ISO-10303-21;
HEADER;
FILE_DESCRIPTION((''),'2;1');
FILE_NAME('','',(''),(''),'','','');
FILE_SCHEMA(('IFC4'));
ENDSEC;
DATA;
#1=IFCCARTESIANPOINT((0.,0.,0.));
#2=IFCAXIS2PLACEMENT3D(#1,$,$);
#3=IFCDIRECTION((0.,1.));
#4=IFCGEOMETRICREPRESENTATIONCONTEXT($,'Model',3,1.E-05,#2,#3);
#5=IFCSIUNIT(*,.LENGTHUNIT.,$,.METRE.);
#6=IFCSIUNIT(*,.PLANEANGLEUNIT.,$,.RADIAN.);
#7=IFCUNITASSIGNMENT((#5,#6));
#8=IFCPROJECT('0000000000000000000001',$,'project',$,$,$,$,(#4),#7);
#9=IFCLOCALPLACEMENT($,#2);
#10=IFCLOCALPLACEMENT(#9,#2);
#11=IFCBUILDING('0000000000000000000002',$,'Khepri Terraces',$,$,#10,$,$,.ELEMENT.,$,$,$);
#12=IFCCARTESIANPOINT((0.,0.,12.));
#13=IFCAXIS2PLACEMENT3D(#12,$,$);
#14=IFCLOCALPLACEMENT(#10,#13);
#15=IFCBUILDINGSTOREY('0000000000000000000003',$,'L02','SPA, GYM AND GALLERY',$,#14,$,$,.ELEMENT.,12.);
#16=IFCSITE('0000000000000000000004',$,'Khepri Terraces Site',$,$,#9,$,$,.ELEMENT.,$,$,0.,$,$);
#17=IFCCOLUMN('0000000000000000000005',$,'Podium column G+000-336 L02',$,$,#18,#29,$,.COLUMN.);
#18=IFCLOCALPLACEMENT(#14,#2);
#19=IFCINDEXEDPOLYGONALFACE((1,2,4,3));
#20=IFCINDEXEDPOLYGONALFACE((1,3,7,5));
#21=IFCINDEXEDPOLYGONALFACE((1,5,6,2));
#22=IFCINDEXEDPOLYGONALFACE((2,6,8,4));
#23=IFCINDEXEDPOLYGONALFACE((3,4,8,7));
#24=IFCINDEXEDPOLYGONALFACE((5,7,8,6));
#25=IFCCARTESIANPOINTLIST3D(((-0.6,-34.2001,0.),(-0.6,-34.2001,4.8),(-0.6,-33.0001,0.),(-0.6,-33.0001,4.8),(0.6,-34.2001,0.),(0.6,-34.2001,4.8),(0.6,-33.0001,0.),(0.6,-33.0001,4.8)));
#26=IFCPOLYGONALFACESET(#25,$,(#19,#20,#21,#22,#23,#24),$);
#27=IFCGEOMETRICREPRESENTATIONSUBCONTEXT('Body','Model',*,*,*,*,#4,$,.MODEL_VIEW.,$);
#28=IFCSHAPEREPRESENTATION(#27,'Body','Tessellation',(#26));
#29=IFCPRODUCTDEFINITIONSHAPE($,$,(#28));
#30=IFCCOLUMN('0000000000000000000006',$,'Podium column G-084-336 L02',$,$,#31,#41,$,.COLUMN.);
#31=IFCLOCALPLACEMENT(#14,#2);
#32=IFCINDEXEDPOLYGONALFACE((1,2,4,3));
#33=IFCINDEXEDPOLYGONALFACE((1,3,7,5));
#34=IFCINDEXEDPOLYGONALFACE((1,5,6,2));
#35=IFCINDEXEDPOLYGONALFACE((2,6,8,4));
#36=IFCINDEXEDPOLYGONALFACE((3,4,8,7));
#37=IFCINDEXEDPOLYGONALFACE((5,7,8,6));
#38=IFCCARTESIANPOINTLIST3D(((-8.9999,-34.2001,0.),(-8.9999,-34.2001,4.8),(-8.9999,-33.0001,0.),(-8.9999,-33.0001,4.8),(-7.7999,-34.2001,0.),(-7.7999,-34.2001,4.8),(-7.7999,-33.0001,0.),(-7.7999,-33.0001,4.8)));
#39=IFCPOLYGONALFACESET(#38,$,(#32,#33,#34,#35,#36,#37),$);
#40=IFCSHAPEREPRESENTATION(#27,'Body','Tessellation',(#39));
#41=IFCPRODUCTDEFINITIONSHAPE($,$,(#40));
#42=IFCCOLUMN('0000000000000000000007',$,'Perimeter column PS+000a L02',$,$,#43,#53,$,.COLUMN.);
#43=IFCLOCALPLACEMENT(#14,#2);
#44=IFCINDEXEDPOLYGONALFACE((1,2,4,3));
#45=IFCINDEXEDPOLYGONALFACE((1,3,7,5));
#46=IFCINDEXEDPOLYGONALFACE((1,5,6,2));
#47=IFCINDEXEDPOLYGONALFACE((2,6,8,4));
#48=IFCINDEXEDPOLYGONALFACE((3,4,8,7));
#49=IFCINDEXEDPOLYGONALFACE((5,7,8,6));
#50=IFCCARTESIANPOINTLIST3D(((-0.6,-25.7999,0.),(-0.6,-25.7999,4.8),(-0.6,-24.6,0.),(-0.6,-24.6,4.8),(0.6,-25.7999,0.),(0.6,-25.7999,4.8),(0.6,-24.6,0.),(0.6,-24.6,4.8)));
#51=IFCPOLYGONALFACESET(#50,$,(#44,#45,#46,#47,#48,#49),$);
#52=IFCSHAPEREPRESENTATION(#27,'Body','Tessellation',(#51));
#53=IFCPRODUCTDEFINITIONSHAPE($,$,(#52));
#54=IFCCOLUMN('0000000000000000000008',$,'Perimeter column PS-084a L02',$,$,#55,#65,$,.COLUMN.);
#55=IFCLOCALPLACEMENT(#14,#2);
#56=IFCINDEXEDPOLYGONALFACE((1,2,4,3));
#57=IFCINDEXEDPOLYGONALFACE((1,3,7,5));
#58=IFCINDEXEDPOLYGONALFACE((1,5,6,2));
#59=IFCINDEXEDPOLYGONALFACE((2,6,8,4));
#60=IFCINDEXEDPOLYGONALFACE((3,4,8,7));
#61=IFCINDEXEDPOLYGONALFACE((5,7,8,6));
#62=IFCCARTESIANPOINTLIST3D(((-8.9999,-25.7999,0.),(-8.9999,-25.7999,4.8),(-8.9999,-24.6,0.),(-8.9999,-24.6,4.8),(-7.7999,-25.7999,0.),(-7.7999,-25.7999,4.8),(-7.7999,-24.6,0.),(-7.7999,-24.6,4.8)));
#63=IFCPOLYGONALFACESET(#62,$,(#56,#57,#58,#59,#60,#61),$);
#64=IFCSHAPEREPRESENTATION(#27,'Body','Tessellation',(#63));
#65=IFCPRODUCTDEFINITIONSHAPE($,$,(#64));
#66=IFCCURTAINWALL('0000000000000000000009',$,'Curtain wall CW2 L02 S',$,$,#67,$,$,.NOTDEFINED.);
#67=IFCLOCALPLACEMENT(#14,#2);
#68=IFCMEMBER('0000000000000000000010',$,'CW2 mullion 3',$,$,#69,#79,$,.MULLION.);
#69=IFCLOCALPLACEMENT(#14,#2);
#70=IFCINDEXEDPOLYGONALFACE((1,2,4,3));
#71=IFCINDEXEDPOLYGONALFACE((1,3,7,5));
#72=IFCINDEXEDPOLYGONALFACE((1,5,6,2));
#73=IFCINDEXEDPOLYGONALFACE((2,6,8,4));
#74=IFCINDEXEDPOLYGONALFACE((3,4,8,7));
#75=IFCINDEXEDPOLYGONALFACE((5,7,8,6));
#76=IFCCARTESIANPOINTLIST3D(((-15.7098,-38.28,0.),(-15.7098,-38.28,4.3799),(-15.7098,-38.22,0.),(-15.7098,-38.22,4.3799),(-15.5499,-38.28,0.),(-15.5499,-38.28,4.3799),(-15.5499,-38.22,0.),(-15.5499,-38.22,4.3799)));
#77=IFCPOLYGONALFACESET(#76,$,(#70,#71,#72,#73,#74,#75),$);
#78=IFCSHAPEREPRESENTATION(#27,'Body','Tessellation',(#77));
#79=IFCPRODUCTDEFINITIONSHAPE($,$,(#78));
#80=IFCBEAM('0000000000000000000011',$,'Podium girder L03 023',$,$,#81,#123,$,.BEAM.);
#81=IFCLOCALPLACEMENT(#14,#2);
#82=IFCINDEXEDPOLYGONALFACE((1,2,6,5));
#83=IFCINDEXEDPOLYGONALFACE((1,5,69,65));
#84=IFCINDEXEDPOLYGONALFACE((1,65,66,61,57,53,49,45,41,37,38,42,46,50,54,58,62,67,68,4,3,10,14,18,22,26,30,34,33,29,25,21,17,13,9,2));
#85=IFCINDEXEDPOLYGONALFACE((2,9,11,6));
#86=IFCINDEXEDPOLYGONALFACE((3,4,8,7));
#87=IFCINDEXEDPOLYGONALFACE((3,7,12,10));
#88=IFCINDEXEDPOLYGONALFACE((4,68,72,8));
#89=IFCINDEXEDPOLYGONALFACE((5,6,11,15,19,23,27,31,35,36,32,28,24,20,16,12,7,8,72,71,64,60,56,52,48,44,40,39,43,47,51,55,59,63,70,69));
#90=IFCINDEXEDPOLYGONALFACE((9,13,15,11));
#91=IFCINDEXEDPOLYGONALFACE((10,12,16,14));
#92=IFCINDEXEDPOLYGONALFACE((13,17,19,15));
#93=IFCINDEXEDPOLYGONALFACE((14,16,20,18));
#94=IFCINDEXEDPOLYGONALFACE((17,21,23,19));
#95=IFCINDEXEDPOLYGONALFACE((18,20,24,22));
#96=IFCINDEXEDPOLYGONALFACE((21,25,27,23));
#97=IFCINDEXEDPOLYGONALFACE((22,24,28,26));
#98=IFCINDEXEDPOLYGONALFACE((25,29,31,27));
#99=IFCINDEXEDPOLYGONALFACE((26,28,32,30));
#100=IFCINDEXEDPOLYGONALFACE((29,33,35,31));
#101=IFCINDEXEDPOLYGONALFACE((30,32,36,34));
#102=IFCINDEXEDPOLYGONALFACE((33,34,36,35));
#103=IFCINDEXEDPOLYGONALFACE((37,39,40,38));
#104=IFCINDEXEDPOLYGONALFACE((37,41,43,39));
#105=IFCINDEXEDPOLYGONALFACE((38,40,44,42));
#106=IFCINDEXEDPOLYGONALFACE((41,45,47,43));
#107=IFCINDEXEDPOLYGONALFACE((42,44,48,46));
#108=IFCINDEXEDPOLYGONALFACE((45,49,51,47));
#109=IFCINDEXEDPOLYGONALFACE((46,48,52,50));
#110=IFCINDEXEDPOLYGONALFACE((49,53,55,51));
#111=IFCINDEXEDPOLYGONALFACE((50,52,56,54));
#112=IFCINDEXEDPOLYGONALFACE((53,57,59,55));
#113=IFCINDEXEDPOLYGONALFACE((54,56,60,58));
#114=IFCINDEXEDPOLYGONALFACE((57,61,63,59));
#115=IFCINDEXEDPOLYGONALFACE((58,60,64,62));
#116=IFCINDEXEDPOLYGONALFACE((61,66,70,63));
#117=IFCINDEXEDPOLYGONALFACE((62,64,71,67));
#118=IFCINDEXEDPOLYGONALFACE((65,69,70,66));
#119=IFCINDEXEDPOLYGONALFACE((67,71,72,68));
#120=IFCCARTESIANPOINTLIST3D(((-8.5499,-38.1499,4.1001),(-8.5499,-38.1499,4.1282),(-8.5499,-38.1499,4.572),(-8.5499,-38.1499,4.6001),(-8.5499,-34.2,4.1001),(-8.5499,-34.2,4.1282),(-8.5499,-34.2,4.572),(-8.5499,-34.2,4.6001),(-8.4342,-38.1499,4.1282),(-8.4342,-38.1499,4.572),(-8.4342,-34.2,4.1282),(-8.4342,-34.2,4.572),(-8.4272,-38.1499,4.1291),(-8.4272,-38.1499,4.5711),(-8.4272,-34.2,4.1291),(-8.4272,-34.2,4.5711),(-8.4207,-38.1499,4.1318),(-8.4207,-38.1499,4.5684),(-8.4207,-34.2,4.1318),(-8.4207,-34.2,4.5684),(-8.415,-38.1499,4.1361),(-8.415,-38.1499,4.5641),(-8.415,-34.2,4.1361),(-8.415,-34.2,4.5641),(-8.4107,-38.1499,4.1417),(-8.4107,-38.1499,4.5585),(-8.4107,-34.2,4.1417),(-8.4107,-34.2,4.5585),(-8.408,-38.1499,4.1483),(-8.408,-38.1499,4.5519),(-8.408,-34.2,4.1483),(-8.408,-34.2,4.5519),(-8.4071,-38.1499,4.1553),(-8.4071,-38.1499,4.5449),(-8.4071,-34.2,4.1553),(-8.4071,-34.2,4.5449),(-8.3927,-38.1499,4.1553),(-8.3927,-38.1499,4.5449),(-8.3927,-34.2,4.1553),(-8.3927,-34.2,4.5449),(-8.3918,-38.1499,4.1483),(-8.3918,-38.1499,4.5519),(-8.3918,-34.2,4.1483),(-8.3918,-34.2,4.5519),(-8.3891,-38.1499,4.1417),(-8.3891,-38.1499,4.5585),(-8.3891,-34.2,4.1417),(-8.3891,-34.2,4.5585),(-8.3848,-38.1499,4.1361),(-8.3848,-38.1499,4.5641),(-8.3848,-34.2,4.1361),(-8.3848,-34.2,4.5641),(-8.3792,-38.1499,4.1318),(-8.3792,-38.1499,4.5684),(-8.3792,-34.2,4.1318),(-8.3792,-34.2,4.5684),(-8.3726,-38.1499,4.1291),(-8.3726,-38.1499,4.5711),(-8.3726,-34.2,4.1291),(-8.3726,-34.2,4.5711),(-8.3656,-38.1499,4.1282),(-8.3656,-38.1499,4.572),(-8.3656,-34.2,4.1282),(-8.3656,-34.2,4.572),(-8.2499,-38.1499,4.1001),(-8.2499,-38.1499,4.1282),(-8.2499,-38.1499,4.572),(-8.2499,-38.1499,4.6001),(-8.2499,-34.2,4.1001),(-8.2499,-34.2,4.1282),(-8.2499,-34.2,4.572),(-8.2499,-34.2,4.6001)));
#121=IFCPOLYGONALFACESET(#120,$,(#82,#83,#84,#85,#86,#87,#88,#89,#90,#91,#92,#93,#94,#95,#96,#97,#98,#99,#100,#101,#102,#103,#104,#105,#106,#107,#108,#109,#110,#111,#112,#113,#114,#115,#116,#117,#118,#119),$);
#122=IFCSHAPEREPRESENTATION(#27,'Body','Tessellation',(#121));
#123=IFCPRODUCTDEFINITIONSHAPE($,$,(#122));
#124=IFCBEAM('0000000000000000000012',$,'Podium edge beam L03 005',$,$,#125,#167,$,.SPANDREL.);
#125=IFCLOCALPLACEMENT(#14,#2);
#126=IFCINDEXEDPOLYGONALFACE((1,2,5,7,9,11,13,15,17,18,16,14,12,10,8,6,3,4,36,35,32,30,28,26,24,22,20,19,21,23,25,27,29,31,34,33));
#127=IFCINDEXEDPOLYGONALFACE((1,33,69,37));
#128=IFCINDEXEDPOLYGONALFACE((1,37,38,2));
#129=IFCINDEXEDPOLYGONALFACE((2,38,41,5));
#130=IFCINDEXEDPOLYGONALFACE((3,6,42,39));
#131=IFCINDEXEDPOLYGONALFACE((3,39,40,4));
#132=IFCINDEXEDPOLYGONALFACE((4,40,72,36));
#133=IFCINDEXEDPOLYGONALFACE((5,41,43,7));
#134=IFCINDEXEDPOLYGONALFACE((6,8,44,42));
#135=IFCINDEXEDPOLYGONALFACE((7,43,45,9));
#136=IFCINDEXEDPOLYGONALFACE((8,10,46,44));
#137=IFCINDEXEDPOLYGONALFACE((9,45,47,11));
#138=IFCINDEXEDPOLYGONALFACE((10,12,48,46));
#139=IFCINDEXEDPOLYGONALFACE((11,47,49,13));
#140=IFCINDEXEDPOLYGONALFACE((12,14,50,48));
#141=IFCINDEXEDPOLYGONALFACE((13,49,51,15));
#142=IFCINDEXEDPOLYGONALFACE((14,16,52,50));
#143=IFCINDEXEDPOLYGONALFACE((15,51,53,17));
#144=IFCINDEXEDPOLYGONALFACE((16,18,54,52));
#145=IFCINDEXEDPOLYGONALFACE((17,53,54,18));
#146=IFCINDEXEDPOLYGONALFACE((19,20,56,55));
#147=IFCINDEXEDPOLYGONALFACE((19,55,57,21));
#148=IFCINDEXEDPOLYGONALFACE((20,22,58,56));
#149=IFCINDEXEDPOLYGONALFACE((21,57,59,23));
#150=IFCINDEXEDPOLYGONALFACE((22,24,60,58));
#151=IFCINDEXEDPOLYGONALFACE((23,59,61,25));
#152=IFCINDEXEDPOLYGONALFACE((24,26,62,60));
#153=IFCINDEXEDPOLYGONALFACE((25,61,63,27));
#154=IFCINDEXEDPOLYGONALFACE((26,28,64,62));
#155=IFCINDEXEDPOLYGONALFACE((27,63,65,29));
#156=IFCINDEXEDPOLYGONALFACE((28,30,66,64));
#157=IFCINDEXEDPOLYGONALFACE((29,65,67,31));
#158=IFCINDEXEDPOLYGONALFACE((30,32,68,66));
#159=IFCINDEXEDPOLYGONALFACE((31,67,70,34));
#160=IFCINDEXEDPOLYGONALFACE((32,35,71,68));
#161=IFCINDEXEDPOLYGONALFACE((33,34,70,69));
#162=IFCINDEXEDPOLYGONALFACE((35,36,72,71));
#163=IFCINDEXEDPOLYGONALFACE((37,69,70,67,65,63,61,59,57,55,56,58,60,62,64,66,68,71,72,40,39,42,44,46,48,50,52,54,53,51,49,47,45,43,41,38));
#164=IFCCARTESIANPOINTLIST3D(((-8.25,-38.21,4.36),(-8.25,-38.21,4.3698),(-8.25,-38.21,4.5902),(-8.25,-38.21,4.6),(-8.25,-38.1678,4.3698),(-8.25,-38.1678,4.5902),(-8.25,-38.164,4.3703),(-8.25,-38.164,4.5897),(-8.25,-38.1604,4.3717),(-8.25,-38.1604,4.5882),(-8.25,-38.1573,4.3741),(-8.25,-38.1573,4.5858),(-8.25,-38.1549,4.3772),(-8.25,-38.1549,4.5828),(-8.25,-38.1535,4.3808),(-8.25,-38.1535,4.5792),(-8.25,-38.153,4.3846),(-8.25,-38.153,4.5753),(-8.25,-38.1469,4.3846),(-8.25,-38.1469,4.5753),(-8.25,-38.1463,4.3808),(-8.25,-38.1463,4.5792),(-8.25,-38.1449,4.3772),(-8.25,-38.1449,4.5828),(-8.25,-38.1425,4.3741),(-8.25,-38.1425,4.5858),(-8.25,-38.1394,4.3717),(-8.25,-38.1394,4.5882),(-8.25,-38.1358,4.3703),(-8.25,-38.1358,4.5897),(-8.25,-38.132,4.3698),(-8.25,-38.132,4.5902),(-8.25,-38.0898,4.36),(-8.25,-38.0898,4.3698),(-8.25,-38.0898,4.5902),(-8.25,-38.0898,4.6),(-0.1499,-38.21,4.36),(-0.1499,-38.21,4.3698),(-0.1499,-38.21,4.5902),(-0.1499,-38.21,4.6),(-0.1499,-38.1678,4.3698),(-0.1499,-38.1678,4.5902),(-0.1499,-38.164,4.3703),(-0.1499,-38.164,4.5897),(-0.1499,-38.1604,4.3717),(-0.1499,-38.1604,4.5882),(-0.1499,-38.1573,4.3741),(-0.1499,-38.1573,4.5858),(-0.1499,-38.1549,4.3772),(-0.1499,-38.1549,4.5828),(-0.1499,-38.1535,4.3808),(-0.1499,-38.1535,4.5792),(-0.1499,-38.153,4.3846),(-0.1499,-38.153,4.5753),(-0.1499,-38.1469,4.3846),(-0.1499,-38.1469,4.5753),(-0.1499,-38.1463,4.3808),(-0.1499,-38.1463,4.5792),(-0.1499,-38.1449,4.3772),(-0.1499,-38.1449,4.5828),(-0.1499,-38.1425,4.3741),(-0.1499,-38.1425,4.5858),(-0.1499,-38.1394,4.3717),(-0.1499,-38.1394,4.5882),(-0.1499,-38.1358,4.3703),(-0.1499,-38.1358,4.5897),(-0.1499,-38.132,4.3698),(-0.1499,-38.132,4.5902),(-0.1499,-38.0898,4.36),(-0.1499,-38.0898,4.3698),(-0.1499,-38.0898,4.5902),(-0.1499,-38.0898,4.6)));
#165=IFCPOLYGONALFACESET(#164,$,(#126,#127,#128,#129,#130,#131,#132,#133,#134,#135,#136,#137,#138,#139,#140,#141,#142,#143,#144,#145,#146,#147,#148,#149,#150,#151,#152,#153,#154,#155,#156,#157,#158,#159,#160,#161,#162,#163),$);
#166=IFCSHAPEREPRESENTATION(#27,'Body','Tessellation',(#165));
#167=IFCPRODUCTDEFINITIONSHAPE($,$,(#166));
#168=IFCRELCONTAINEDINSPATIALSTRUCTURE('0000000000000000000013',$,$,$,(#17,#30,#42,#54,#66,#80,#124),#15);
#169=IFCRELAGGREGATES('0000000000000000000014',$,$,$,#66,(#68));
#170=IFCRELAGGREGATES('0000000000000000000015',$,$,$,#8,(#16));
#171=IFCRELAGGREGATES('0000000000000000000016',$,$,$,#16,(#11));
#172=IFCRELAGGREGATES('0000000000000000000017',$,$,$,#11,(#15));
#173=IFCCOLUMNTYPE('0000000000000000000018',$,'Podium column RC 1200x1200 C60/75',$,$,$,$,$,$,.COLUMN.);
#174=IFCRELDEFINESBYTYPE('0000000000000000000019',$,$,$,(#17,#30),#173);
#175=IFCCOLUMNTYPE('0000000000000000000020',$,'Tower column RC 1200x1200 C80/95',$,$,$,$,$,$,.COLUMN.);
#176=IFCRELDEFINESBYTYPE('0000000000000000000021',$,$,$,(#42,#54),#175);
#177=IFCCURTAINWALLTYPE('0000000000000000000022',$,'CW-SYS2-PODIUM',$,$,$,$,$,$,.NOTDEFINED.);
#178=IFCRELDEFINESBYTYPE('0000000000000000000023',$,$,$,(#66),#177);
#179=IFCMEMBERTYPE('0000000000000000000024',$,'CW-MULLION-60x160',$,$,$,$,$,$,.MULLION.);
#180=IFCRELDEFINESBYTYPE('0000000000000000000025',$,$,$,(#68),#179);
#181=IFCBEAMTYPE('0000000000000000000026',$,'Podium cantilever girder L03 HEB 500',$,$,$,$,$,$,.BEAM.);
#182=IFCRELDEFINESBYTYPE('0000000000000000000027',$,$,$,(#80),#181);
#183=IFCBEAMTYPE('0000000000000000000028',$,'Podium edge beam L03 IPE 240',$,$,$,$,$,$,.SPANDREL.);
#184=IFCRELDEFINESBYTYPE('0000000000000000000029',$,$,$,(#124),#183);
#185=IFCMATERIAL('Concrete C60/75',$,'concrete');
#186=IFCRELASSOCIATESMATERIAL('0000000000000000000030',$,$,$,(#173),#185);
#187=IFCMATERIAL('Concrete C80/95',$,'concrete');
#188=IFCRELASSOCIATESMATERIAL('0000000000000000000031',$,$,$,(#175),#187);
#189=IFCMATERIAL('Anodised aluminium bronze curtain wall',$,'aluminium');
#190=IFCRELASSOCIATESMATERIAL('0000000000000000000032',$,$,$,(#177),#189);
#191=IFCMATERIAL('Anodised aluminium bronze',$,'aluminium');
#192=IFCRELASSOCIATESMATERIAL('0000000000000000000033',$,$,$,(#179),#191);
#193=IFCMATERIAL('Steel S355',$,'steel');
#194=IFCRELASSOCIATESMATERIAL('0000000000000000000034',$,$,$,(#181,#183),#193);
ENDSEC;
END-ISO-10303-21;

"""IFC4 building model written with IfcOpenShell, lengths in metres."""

from ifc_helpers import new_model, si_unit, direction, frame, origin, origin_2d, place, context, subcontext, project, spatial, rectangle, i_section, extrude, material, material_profile, profile_set, type_object, element, aggregate, save


model = new_model("IFC4")

# Units and contexts
model_context = context("Model", 3, precision=1e-05, world=origin(), true_north=direction((0.0, 1.0)))
body_context = subcontext(model_context, "Body", "Model", "MODEL_VIEW")
ifc_project = project(units=[si_unit("LENGTHUNIT", "METRE"), si_unit("PLANEANGLEUNIT", "RADIAN")], contexts=[model_context])

# Site, building, storey
site_placement = place(None, origin())
site = spatial("IfcSite", under=ifc_project, at=site_placement, Name="Khepri Terraces Site", CompositionType="ELEMENT", RefElevation=0.0)
building_placement = place(site_placement, origin())
building = spatial("IfcBuilding", under=site, at=building_placement, Name="Khepri Terraces", CompositionType="ELEMENT")
storey_placement = place(building_placement, frame((0.0, 0.0, 12.0)))
storey = spatial("IfcBuildingStorey", under=building, at=storey_placement, Name="L02", Description="SPA, GYM AND GALLERY", CompositionType="ELEMENT", Elevation=12.0)

# Columns
ifc_material_1 = material(Name="Concrete C60/75", Category="concrete")
ifc_material_profile_1 = material_profile(ifc_material_1, rectangle(XDim=1.2, YDim=1.2, at=origin_2d()), Name="Concrete C60/75", Category="concrete")
ifc_profile_set_1 = profile_set([ifc_material_profile_1], Name="Concrete C60/75")
column_type_1 = type_object("IfcColumnType", Name="Podium column RC 1200x1200 C60/75", PredefinedType="COLUMN", material=ifc_profile_set_1)
for number, where, z_axis, x_axis, name in (
    (1, (0.0, -33.6001, 0.0), (0.0, 0.0, 1.0), (1.0, 0.0, 0.0), "Podium column G+000-336 L02"),
    (2, (-8.3999, -33.6001, 0.0), (0.0, 0.0, 1.0), (1.0, 0.0, 0.0), "Podium column G-084-336 L02"),
):
    element("IfcColumn", number, at=place(storey_placement, frame(where, z_axis=z_axis, x_axis=x_axis)), inside=storey, type_object=column_type_1, Name=name, PredefinedType="COLUMN", context=body_context, shape_type="SweptSolid", body=[
        extrude(rectangle(XDim=1.2, YDim=1.2, at=origin_2d()), origin(), (0.0, 0.0, 1.0), 4.8),
    ])
ifc_material_2 = material(Name="Concrete C80/95", Category="concrete")
ifc_material_profile_2 = material_profile(ifc_material_2, rectangle(XDim=1.2, YDim=1.2, at=origin_2d()), Name="Concrete C80/95", Category="concrete")
ifc_profile_set_2 = profile_set([ifc_material_profile_2], Name="Concrete C80/95")
column_type_2 = type_object("IfcColumnType", Name="Tower column RC 1200x1200 C80/95", PredefinedType="COLUMN", material=ifc_profile_set_2)
for number, where, z_axis, x_axis, name in (
    (3, (0.0, -25.2, 0.0), (0.0, 0.0, 1.0), (1.0, 0.0, 0.0), "Perimeter column PS+000a L02"),
    (4, (-8.3999, -25.2, 0.0), (0.0, 0.0, 1.0), (1.0, 0.0, 0.0), "Perimeter column PS-084a L02"),
):
    element("IfcColumn", number, at=place(storey_placement, frame(where, z_axis=z_axis, x_axis=x_axis)), inside=storey, type_object=column_type_2, Name=name, PredefinedType="COLUMN", context=body_context, shape_type="SweptSolid", body=[
        extrude(rectangle(XDim=1.2, YDim=1.2, at=origin_2d()), origin(), (0.0, 0.0, 1.0), 4.8),
    ])

# Curtain wall, member
ifc_material_3 = material(Name="Anodised aluminium bronze curtain wall", Category="aluminium")
curtain_wall_type = type_object("IfcCurtainWallType", Name="CW-SYS2-PODIUM", PredefinedType="NOTDEFINED", material=ifc_material_3)
curtain_wall_placement = place(storey_placement, origin())
curtain_wall = element("IfcCurtainWall", 5, at=curtain_wall_placement, inside=storey, type_object=curtain_wall_type, Name="Curtain wall CW2 L02 S", PredefinedType="NOTDEFINED")
ifc_material_4 = material(Name="Anodised aluminium bronze", Category="aluminium")
ifc_material_profile_3 = material_profile(ifc_material_4, rectangle(XDim=0.0601, YDim=0.1599, at=origin_2d()), Name="Anodised aluminium bronze", Category="aluminium")
ifc_profile_set_3 = profile_set([ifc_material_profile_3], Name="Anodised aluminium bronze")
member_type = type_object("IfcMemberType", Name="CW-MULLION-60x160", PredefinedType="MULLION", material=ifc_profile_set_3)
member_placement = place(storey_placement, frame((-15.6299, -38.25, 0.0), z_axis=(0.0, 0.0, 1.0), x_axis=(0.0, 1.0, 0.0)))
member = element("IfcMember", 6, at=member_placement, type_object=member_type, Name="CW2 mullion 3", PredefinedType="MULLION", context=body_context, shape_type="SweptSolid", body=[
    extrude(rectangle(XDim=0.0601, YDim=0.1599, at=origin_2d()), origin(), (0.0, 0.0, 1.0), 4.3799),
])
aggregate(curtain_wall, [member])

# Beams
ifc_material_5 = material(Name="Steel S355", Category="steel")
ifc_material_profile_4 = material_profile(ifc_material_5, i_section(OverallWidth=0.3, OverallDepth=0.5, WebThickness=0.0144, FlangeThickness=0.0281, FilletRadius=0.0271, at=origin_2d()), Name="Steel S355", Category="steel")
ifc_profile_set_4 = profile_set([ifc_material_profile_4], Name="Steel S355")
beam_type_1 = type_object("IfcBeamType", Name="Podium cantilever girder L03 HEB 500", PredefinedType="BEAM", material=ifc_profile_set_4)
beam_1_placement = place(storey_placement, frame((-8.3999, -38.1499, 4.3501), z_axis=(0.0, 1.0, 0.0), x_axis=(-1.0, 0.0, 0.0)))
element("IfcBeam", 7, at=beam_1_placement, inside=storey, type_object=beam_type_1, Name="Podium girder L03 023", PredefinedType="BEAM", context=body_context, shape_type="SweptSolid", body=[
    extrude(i_section(OverallWidth=0.3, OverallDepth=0.5, WebThickness=0.0144, FlangeThickness=0.0281, FilletRadius=0.0271, at=origin_2d()), origin(), (0.0, 0.0, 1.0), 3.95),
])
ifc_material_profile_5 = material_profile(ifc_material_5, i_section(OverallWidth=0.1201, OverallDepth=0.24, WebThickness=0.0061, FlangeThickness=0.0098, FilletRadius=0.0149, at=origin_2d()), Name="Steel S355", Category="steel")
ifc_profile_set_5 = profile_set([ifc_material_profile_5], Name="Steel S355")
beam_type_2 = type_object("IfcBeamType", Name="Podium edge beam L03 IPE 240", PredefinedType="SPANDREL", material=ifc_profile_set_5)
beam_2_placement = place(storey_placement, frame((-8.25, -38.1499, 4.48), z_axis=(1.0, 0.0, 0.0), x_axis=(0.0, 1.0, 0.0)))
element("IfcBeam", 8, at=beam_2_placement, inside=storey, type_object=beam_type_2, Name="Podium edge beam L03 005", PredefinedType="SPANDREL", context=body_context, shape_type="SweptSolid", body=[
    extrude(i_section(OverallWidth=0.1201, OverallDepth=0.24, WebThickness=0.0061, FlangeThickness=0.0098, FilletRadius=0.0149, at=origin_2d()), origin(), (0.0, 0.0, 1.0), 8.1001),
])

save(model, "model.ifc")
